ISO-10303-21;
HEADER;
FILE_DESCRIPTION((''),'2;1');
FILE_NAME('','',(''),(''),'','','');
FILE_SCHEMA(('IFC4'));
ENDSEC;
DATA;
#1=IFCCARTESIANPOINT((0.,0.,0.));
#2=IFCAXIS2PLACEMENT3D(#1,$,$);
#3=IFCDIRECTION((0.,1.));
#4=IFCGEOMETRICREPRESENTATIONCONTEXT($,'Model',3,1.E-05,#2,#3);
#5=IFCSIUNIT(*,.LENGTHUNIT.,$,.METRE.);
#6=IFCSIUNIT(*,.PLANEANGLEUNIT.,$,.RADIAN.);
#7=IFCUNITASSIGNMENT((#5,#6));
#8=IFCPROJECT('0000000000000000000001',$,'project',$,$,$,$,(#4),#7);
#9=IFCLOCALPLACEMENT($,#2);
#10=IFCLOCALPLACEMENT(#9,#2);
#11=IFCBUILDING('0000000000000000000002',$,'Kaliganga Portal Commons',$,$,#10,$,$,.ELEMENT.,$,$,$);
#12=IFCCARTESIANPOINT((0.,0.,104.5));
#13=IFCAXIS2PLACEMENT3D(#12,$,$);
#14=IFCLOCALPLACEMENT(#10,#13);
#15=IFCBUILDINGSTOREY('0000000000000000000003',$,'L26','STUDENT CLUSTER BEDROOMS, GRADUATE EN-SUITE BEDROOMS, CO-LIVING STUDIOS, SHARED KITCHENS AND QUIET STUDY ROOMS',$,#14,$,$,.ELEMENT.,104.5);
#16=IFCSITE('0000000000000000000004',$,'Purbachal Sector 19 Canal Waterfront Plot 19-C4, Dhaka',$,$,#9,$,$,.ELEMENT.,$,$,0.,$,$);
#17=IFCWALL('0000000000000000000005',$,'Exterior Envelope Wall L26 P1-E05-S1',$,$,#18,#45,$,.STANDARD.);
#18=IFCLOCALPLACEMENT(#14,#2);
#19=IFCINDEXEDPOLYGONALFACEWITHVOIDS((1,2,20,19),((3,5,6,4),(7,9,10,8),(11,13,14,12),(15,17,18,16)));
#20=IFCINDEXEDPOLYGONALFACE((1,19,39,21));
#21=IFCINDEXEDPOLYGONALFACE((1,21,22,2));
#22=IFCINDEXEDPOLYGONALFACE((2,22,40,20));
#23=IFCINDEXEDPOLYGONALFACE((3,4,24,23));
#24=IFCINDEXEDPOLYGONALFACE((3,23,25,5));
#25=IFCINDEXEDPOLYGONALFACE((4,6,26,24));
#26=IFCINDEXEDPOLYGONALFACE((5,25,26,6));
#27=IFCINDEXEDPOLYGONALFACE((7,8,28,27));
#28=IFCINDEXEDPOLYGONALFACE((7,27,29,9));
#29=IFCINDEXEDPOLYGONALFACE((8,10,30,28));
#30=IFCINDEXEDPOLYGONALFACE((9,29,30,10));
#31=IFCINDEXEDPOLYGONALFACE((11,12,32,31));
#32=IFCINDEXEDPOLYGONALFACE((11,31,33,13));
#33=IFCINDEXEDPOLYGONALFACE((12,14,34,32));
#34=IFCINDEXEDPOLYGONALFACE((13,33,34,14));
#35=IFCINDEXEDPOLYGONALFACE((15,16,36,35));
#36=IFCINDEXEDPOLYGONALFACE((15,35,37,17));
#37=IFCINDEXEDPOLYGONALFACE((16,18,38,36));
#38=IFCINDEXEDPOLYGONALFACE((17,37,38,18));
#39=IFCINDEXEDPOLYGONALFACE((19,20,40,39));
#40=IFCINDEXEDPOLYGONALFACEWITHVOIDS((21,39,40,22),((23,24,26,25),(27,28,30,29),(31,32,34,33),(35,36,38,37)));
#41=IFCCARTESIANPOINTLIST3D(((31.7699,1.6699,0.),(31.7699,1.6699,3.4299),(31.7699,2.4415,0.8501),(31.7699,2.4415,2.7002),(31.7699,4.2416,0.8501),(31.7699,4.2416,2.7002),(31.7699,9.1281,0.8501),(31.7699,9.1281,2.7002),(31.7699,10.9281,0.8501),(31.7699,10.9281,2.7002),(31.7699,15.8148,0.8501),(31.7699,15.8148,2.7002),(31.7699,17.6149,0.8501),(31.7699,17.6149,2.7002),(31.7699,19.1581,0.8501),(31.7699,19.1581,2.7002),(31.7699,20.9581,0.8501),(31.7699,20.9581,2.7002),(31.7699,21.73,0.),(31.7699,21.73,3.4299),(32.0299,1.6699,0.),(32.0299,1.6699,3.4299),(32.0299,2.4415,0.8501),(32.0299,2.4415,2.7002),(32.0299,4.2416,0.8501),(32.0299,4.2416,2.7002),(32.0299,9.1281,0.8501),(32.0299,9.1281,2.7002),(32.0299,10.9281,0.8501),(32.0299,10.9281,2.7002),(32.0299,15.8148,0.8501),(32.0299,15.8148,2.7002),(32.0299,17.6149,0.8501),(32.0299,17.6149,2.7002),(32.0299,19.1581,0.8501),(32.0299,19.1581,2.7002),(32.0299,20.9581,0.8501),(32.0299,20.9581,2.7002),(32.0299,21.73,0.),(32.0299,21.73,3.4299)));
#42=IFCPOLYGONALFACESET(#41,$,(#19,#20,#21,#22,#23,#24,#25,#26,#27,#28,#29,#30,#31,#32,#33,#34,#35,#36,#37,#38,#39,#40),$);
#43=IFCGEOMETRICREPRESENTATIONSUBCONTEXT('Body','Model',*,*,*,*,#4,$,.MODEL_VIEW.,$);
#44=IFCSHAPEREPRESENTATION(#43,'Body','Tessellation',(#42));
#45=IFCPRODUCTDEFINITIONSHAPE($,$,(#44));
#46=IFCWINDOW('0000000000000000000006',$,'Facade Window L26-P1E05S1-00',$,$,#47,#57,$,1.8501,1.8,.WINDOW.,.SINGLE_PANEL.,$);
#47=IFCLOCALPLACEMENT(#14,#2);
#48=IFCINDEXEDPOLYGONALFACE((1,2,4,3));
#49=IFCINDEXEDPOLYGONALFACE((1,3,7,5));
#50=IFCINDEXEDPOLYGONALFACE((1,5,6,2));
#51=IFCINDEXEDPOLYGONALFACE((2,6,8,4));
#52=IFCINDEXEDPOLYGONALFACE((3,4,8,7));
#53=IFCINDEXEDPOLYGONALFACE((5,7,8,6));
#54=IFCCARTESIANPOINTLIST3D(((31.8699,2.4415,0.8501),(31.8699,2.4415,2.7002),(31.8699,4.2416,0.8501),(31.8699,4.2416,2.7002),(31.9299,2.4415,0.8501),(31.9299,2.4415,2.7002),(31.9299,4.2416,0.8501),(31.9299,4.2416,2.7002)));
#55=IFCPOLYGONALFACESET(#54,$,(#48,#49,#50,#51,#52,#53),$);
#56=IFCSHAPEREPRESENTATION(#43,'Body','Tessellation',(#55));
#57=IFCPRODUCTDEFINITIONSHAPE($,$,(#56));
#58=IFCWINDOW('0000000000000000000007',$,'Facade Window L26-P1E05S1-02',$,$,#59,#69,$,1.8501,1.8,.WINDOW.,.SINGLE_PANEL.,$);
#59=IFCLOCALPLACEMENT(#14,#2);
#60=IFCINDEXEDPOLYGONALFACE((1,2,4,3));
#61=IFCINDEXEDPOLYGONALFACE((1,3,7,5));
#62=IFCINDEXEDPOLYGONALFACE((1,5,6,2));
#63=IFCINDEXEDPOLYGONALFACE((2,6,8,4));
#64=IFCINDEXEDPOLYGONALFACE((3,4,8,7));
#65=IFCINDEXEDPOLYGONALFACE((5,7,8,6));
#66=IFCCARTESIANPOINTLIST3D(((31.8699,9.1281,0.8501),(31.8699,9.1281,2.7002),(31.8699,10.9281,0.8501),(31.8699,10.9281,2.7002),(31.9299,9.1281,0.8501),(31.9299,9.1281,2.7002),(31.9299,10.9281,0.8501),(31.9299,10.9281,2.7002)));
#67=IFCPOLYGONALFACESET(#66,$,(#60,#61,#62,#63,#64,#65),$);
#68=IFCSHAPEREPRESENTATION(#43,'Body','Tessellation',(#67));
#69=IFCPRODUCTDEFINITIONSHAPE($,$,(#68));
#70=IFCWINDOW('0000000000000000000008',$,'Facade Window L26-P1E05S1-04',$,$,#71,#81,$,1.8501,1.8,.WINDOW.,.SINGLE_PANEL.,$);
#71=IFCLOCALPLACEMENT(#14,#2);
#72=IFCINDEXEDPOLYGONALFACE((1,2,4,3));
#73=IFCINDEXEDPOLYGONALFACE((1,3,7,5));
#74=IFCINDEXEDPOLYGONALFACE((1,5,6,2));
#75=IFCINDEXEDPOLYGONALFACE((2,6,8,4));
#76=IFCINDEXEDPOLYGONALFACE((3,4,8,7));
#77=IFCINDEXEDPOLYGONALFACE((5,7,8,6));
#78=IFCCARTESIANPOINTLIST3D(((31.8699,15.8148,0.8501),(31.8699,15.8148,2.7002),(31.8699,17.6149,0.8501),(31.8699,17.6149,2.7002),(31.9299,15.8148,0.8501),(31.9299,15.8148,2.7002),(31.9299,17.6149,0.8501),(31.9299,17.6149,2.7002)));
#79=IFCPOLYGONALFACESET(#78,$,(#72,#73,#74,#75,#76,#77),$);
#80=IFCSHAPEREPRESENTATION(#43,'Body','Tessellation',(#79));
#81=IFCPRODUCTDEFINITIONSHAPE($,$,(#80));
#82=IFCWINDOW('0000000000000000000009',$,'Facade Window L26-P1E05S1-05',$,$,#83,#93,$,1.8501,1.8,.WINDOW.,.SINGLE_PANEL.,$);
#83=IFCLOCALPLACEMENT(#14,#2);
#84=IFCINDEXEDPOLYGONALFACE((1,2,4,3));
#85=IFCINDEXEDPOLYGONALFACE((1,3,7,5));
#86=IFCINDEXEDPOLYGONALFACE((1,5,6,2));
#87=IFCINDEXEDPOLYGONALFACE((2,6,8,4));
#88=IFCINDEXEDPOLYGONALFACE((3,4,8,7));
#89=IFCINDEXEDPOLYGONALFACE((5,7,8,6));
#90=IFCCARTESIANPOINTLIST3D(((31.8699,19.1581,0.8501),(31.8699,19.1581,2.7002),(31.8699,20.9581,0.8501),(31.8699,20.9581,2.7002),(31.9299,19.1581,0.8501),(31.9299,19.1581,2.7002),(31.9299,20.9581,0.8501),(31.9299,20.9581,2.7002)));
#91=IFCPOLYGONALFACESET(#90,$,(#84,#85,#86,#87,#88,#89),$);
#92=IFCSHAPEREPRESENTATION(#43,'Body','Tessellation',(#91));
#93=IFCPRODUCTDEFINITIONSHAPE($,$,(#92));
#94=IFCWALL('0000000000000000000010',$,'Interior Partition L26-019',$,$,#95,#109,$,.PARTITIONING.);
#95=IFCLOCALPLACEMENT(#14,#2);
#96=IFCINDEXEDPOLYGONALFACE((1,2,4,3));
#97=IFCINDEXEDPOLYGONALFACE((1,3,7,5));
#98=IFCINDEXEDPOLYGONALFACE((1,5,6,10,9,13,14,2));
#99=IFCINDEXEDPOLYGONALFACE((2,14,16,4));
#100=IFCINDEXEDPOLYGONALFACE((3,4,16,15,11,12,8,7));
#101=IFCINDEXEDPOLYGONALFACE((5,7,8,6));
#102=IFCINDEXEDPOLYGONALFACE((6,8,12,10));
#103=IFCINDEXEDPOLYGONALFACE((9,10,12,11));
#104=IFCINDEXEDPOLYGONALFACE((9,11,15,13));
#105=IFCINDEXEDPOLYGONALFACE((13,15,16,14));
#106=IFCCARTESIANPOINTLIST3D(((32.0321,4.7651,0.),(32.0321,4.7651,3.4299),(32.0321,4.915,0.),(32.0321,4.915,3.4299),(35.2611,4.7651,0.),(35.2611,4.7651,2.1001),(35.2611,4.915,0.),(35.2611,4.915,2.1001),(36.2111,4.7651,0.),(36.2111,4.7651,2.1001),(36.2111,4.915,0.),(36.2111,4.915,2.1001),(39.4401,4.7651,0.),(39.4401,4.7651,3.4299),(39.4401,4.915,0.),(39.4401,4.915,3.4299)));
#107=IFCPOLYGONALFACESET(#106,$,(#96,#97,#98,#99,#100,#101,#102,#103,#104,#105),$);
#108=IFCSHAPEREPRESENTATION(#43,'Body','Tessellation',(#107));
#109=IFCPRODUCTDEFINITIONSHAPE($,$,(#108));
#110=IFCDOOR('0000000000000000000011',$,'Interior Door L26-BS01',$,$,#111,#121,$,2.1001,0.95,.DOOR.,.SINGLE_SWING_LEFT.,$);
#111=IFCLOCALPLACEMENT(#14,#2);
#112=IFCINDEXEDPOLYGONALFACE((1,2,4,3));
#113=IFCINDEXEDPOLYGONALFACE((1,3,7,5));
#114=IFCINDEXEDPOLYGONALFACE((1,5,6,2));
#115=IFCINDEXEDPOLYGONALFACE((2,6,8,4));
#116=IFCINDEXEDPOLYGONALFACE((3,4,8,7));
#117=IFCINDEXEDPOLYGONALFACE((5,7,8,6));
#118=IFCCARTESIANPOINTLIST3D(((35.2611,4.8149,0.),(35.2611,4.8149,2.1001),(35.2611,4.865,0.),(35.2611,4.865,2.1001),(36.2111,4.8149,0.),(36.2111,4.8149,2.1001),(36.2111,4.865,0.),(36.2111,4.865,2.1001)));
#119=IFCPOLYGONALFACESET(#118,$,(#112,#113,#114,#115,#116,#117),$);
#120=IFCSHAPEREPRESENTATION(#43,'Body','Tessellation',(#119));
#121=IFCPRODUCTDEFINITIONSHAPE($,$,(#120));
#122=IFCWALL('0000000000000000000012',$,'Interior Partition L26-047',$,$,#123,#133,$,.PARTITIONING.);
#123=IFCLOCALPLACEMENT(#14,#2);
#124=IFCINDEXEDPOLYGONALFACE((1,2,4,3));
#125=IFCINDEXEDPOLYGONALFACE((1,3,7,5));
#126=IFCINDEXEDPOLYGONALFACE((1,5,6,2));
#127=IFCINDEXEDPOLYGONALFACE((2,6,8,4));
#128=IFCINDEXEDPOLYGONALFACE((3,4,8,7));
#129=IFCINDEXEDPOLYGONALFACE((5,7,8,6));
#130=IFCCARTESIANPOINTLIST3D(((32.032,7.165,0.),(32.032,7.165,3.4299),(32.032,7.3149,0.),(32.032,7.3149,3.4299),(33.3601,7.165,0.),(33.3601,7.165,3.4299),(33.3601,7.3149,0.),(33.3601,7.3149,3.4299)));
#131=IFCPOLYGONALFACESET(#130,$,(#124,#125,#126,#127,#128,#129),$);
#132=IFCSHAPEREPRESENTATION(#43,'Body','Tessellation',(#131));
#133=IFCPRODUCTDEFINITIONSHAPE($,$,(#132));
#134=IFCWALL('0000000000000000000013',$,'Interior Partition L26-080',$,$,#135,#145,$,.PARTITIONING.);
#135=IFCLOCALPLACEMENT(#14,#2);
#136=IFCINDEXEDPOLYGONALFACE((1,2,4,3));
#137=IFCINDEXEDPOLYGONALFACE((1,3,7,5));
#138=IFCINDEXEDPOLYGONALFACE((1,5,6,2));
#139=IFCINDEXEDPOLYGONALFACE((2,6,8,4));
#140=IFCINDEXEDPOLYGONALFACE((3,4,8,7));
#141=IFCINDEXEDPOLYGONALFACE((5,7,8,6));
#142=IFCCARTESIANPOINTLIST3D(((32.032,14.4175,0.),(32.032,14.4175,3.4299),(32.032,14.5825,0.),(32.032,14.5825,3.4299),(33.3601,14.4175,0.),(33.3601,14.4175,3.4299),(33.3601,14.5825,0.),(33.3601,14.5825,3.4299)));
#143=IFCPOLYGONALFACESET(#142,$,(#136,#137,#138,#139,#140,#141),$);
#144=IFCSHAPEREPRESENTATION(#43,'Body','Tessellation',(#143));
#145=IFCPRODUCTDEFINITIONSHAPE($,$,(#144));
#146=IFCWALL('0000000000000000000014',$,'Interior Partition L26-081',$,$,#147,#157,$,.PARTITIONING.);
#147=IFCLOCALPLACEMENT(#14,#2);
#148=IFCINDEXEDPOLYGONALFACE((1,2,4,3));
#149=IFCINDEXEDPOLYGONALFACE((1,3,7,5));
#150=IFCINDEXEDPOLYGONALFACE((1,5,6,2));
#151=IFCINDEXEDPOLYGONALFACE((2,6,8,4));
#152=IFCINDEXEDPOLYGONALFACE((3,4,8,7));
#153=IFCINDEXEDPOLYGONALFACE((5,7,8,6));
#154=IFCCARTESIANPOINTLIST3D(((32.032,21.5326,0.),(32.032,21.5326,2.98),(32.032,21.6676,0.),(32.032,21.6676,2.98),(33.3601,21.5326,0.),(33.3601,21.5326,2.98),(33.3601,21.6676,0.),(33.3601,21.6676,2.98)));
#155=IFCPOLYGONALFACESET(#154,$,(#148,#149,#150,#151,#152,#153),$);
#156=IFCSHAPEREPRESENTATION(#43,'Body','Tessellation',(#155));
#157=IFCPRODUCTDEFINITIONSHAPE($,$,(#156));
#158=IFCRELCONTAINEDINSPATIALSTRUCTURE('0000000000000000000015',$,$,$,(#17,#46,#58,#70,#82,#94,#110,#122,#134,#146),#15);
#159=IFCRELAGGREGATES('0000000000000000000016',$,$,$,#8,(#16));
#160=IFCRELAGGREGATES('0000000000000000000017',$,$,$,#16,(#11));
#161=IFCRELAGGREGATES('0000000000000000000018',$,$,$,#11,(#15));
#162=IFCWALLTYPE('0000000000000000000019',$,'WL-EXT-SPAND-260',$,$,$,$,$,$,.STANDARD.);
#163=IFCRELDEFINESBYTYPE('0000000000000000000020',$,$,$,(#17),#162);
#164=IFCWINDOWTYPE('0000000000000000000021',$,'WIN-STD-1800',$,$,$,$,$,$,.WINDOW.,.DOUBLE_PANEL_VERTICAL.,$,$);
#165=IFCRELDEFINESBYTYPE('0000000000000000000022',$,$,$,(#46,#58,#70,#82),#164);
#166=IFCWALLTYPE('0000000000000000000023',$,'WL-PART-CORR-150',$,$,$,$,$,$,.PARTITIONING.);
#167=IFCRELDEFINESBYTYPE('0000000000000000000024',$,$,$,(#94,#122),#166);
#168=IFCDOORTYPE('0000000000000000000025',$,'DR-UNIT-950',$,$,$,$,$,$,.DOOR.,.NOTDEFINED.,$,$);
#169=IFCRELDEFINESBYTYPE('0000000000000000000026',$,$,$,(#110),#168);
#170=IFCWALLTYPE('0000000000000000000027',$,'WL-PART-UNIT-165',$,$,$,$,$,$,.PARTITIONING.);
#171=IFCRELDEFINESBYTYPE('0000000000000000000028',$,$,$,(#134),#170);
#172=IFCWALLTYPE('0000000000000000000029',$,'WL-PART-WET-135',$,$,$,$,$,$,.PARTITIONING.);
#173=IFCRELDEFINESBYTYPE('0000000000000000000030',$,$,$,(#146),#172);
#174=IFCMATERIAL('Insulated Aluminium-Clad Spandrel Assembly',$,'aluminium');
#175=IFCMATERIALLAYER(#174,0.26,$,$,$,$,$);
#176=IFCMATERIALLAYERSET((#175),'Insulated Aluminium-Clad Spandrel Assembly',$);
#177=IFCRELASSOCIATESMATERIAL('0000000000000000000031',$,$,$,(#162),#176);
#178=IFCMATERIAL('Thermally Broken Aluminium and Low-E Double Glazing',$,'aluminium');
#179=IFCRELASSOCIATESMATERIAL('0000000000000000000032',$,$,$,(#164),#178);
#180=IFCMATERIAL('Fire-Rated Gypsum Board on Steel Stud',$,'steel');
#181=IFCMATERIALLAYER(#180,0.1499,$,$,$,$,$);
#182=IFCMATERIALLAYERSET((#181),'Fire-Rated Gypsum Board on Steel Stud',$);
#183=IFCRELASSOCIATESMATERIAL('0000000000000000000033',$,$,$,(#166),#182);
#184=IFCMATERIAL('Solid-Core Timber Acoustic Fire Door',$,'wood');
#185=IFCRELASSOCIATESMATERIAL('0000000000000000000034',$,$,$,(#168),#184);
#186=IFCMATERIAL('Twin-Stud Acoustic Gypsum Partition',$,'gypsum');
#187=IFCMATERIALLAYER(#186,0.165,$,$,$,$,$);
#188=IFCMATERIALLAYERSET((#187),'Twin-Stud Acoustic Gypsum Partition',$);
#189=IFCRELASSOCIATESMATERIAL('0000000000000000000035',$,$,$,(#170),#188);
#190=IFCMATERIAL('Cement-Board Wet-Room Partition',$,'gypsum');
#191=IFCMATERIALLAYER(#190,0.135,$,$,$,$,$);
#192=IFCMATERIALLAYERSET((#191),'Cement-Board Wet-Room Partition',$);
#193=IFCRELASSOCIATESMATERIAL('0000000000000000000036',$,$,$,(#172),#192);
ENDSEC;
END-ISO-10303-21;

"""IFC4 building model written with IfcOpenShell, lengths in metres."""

from ifc_helpers import new_model, si_unit, direction, frame, frame_2d, origin, place, context, subcontext, project, spatial, rectangle, extrude, material, layer, layer_set, type_object, element, fill, save


model = new_model("IFC4")

# Units and contexts
model_context = context("Model", 3, precision=1e-05, world=origin(), true_north=direction((0.0, 1.0)))
body_context = subcontext(model_context, "Body", "Model", "MODEL_VIEW")
ifc_project = project(units=[si_unit("LENGTHUNIT", "METRE"), si_unit("PLANEANGLEUNIT", "RADIAN")], contexts=[model_context])

# Site, building, storey
site_placement = place(None, origin())
site = spatial("IfcSite", under=ifc_project, at=site_placement, Name="Purbachal Sector 19 Canal Waterfront Plot 19-C4, Dhaka", CompositionType="ELEMENT", RefElevation=0.0)
building_placement = place(site_placement, origin())
building = spatial("IfcBuilding", under=site, at=building_placement, Name="Kaliganga Portal Commons", CompositionType="ELEMENT")
storey_placement = place(building_placement, frame((0.0, 0.0, 104.5)))
storey = spatial("IfcBuildingStorey", under=building, at=storey_placement, Name="L26", Description="STUDENT CLUSTER BEDROOMS, GRADUATE EN-SUITE BEDROOMS, CO-LIVING STUDIOS, SHARED KITCHENS AND QUIET STUDY ROOMS", CompositionType="ELEMENT", Elevation=104.5)

# Shared definitions
ifc_material_1 = material(Name="Insulated Aluminium-Clad Spandrel Assembly", Category="aluminium")
ifc_layer_1 = layer(ifc_material_1, 0.26)
ifc_layer_set_1 = layer_set([ifc_layer_1], Name="Insulated Aluminium-Clad Spandrel Assembly")
wall_type_1 = type_object("IfcWallType", Name="WL-EXT-SPAND-260", PredefinedType="STANDARD", material=ifc_layer_set_1)
ifc_material_2 = material(Name="Thermally Broken Aluminium and Low-E Double Glazing", Category="aluminium")

# Wall, openings, windows
wall_1_placement = place(storey_placement, frame((31.8999, 1.6699, 0.0), z_axis=(0.0, 0.0, 1.0), x_axis=(0.0, 1.0, 0.0)))
wall_1 = element("IfcWall", 1, at=wall_1_placement, inside=storey, type_object=wall_type_1, Name="Exterior Envelope Wall L26 P1-E05-S1", PredefinedType="STANDARD", context=body_context, shape_type="SweptSolid", body=[
    extrude(rectangle(XDim=20.0601, YDim=0.26, at=frame_2d((10.03, 0.0))), origin(), (0.0, 0.0, 1.0), 3.4299),
])
opening_1_placement = place(wall_1_placement, frame((0.7717, 0.0, 0.8501)))
opening_1 = element("IfcOpeningElement", 2, at=opening_1_placement, cuts=wall_1, PredefinedType="OPENING", context=body_context, shape_type="SweptSolid", body=[
    extrude(rectangle(XDim=1.8, YDim=1.8501, at=frame_2d((0.8999, 0.925))), frame((0.0, 0.1401, 0.0), z_axis=(0.0, -1.0, 0.0), x_axis=(1.0, 0.0, 0.0)), (0.0, 0.0, 1.0), 0.28),
])
opening_2_placement = place(wall_1_placement, frame((7.4583, 0.0, 0.8501)))
opening_2 = element("IfcOpeningElement", 3, at=opening_2_placement, cuts=wall_1, PredefinedType="OPENING", context=body_context, shape_type="SweptSolid", body=[
    extrude(rectangle(XDim=1.8, YDim=1.8501, at=frame_2d((0.8999, 0.925))), frame((0.0, 0.1401, 0.0), z_axis=(0.0, -1.0, 0.0), x_axis=(1.0, 0.0, 0.0)), (0.0, 0.0, 1.0), 0.28),
])
opening_3_placement = place(wall_1_placement, frame((14.145, 0.0, 0.8501)))
opening_3 = element("IfcOpeningElement", 4, at=opening_3_placement, cuts=wall_1, PredefinedType="OPENING", context=body_context, shape_type="SweptSolid", body=[
    extrude(rectangle(XDim=1.8, YDim=1.8501, at=frame_2d((0.8999, 0.925))), frame((0.0, 0.1401, 0.0), z_axis=(0.0, -1.0, 0.0), x_axis=(1.0, 0.0, 0.0)), (0.0, 0.0, 1.0), 0.28),
])
opening_4_placement = place(wall_1_placement, frame((17.4883, 0.0, 0.8501)))
opening_4 = element("IfcOpeningElement", 5, at=opening_4_placement, cuts=wall_1, PredefinedType="OPENING", context=body_context, shape_type="SweptSolid", body=[
    extrude(rectangle(XDim=1.8, YDim=1.8501, at=frame_2d((0.8999, 0.925))), frame((0.0, 0.1401, 0.0), z_axis=(0.0, -1.0, 0.0), x_axis=(1.0, 0.0, 0.0)), (0.0, 0.0, 1.0), 0.28),
])
window_type_1 = type_object("IfcWindowType", Name="WIN-STD-1800", PartitioningType="DOUBLE_PANEL_VERTICAL", PredefinedType="WINDOW", material=ifc_material_2)
window_1_placement = place(opening_1_placement, origin())
window_1 = element("IfcWindow", 6, at=window_1_placement, inside=storey, type_object=window_type_1, Name="Facade Window L26-P1E05S1-00", OverallHeight=1.8501, OverallWidth=1.8, PartitioningType="SINGLE_PANEL", PredefinedType="WINDOW", context=body_context, shape_type="SweptSolid", body=[
    extrude(rectangle(XDim=1.8, YDim=1.8501, at=frame_2d((0.8999, 0.925))), frame((0.0, 0.03, 0.0), z_axis=(0.0, -1.0, 0.0), x_axis=(1.0, 0.0, 0.0)), (0.0, 0.0, 1.0), 0.0601),
])
fill(opening_1, window_1)
window_2_placement = place(opening_2_placement, origin())
window_2 = element("IfcWindow", 7, at=window_2_placement, inside=storey, type_object=window_type_1, Name="Facade Window L26-P1E05S1-02", OverallHeight=1.8501, OverallWidth=1.8, PartitioningType="SINGLE_PANEL", PredefinedType="WINDOW", context=body_context, shape_type="SweptSolid", body=[
    extrude(rectangle(XDim=1.8, YDim=1.8501, at=frame_2d((0.8999, 0.925))), frame((0.0, 0.03, 0.0), z_axis=(0.0, -1.0, 0.0), x_axis=(1.0, 0.0, 0.0)), (0.0, 0.0, 1.0), 0.0601),
])
fill(opening_2, window_2)
window_3_placement = place(opening_3_placement, origin())
window_3 = element("IfcWindow", 8, at=window_3_placement, inside=storey, type_object=window_type_1, Name="Facade Window L26-P1E05S1-04", OverallHeight=1.8501, OverallWidth=1.8, PartitioningType="SINGLE_PANEL", PredefinedType="WINDOW", context=body_context, shape_type="SweptSolid", body=[
    extrude(rectangle(XDim=1.8, YDim=1.8501, at=frame_2d((0.8999, 0.925))), frame((0.0, 0.03, 0.0), z_axis=(0.0, -1.0, 0.0), x_axis=(1.0, 0.0, 0.0)), (0.0, 0.0, 1.0), 0.0601),
])
fill(opening_3, window_3)
window_4_placement = place(opening_4_placement, origin())
window_4 = element("IfcWindow", 9, at=window_4_placement, inside=storey, type_object=window_type_1, Name="Facade Window L26-P1E05S1-05", OverallHeight=1.8501, OverallWidth=1.8, PartitioningType="SINGLE_PANEL", PredefinedType="WINDOW", context=body_context, shape_type="SweptSolid", body=[
    extrude(rectangle(XDim=1.8, YDim=1.8501, at=frame_2d((0.8999, 0.925))), frame((0.0, 0.03, 0.0), z_axis=(0.0, -1.0, 0.0), x_axis=(1.0, 0.0, 0.0)), (0.0, 0.0, 1.0), 0.0601),
])
fill(opening_4, window_4)

# Wall, opening, door
ifc_material_3 = material(Name="Fire-Rated Gypsum Board on Steel Stud", Category="steel")
ifc_layer_2 = layer(ifc_material_3, 0.1499)
ifc_layer_set_2 = layer_set([ifc_layer_2], Name="Fire-Rated Gypsum Board on Steel Stud")
wall_type_2 = type_object("IfcWallType", Name="WL-PART-CORR-150", PredefinedType="PARTITIONING", material=ifc_layer_set_2)
wall_2_placement = place(storey_placement, frame((32.032, 4.8401, 0.0), z_axis=(0.0, 0.0, 1.0), x_axis=(1.0, 0.0, 0.0)))
wall_2 = element("IfcWall", 10, at=wall_2_placement, inside=storey, type_object=wall_type_2, Name="Interior Partition L26-019", PredefinedType="PARTITIONING", context=body_context, shape_type="SweptSolid", body=[
    extrude(rectangle(XDim=7.408, YDim=0.1499, at=frame_2d((3.7041, 0.0))), origin(), (0.0, 0.0, 1.0), 3.4299),
])
opening_5_placement = place(wall_2_placement, frame((3.229, 0.0, 0.0)))
opening_5 = element("IfcOpeningElement", 11, at=opening_5_placement, cuts=wall_2, PredefinedType="OPENING", context=body_context, shape_type="SweptSolid", body=[
    extrude(rectangle(XDim=0.95, YDim=2.1001, at=frame_2d((0.4751, 1.05))), frame((0.0, 0.085, 0.0), z_axis=(0.0, -1.0, 0.0), x_axis=(1.0, 0.0, 0.0)), (0.0, 0.0, 1.0), 0.1699),
])
ifc_material_4 = material(Name="Solid-Core Timber Acoustic Fire Door", Category="wood")
door_type = type_object("IfcDoorType", Name="DR-UNIT-950", OperationType="NOTDEFINED", PredefinedType="DOOR", material=ifc_material_4)
door_placement = place(opening_5_placement, origin())
door = element("IfcDoor", 12, at=door_placement, inside=storey, type_object=door_type, Name="Interior Door L26-BS01", OperationType="SINGLE_SWING_LEFT", OverallHeight=2.1001, OverallWidth=0.95, PredefinedType="DOOR", context=body_context, shape_type="SweptSolid", body=[
    extrude(rectangle(XDim=0.95, YDim=2.1001, at=frame_2d((0.4751, 1.05))), frame((0.0, 0.0249, 0.0), z_axis=(0.0, -1.0, 0.0), x_axis=(1.0, 0.0, 0.0)), (0.0, 0.0, 1.0), 0.05),
])
fill(opening_5, door)

# Walls
wall_3_placement = place(storey_placement, frame((32.032, 7.24, 0.0), z_axis=(0.0, 0.0, 1.0), x_axis=(1.0, 0.0, 0.0)))
element("IfcWall", 13, at=wall_3_placement, inside=storey, type_object=wall_type_2, Name="Interior Partition L26-047", PredefinedType="PARTITIONING", context=body_context, shape_type="SweptSolid", body=[
    extrude(rectangle(XDim=1.3281, YDim=0.1499, at=frame_2d((0.6641, 0.0))), origin(), (0.0, 0.0, 1.0), 3.4299),
])
ifc_material_5 = material(Name="Twin-Stud Acoustic Gypsum Partition", Category="gypsum")
ifc_layer_3 = layer(ifc_material_5, 0.165)
ifc_layer_set_3 = layer_set([ifc_layer_3], Name="Twin-Stud Acoustic Gypsum Partition")
wall_type_3 = type_object("IfcWallType", Name="WL-PART-UNIT-165", PredefinedType="PARTITIONING", material=ifc_layer_set_3)
wall_4_placement = place(storey_placement, frame((32.032, 14.5, 0.0), z_axis=(0.0, 0.0, 1.0), x_axis=(1.0, 0.0, 0.0)))
element("IfcWall", 14, at=wall_4_placement, inside=storey, type_object=wall_type_3, Name="Interior Partition L26-080", PredefinedType="PARTITIONING", context=body_context, shape_type="SweptSolid", body=[
    extrude(rectangle(XDim=1.3281, YDim=0.165, at=frame_2d((0.6641, 0.0))), origin(), (0.0, 0.0, 1.0), 3.4299),
])
ifc_material_6 = material(Name="Cement-Board Wet-Room Partition", Category="gypsum")
ifc_layer_4 = layer(ifc_material_6, 0.135)
ifc_layer_set_4 = layer_set([ifc_layer_4], Name="Cement-Board Wet-Room Partition")
wall_type_4 = type_object("IfcWallType", Name="WL-PART-WET-135", PredefinedType="PARTITIONING", material=ifc_layer_set_4)
wall_5_placement = place(storey_placement, frame((32.032, 21.6001, 0.0), z_axis=(0.0, 0.0, 1.0), x_axis=(1.0, 0.0, 0.0)))
element("IfcWall", 15, at=wall_5_placement, inside=storey, type_object=wall_type_4, Name="Interior Partition L26-081", PredefinedType="PARTITIONING", context=body_context, shape_type="SweptSolid", body=[
    extrude(rectangle(XDim=1.3281, YDim=0.135, at=frame_2d((0.6641, 0.0))), origin(), (0.0, 0.0, 1.0), 2.98),
])

save(model, "model.ifc")
